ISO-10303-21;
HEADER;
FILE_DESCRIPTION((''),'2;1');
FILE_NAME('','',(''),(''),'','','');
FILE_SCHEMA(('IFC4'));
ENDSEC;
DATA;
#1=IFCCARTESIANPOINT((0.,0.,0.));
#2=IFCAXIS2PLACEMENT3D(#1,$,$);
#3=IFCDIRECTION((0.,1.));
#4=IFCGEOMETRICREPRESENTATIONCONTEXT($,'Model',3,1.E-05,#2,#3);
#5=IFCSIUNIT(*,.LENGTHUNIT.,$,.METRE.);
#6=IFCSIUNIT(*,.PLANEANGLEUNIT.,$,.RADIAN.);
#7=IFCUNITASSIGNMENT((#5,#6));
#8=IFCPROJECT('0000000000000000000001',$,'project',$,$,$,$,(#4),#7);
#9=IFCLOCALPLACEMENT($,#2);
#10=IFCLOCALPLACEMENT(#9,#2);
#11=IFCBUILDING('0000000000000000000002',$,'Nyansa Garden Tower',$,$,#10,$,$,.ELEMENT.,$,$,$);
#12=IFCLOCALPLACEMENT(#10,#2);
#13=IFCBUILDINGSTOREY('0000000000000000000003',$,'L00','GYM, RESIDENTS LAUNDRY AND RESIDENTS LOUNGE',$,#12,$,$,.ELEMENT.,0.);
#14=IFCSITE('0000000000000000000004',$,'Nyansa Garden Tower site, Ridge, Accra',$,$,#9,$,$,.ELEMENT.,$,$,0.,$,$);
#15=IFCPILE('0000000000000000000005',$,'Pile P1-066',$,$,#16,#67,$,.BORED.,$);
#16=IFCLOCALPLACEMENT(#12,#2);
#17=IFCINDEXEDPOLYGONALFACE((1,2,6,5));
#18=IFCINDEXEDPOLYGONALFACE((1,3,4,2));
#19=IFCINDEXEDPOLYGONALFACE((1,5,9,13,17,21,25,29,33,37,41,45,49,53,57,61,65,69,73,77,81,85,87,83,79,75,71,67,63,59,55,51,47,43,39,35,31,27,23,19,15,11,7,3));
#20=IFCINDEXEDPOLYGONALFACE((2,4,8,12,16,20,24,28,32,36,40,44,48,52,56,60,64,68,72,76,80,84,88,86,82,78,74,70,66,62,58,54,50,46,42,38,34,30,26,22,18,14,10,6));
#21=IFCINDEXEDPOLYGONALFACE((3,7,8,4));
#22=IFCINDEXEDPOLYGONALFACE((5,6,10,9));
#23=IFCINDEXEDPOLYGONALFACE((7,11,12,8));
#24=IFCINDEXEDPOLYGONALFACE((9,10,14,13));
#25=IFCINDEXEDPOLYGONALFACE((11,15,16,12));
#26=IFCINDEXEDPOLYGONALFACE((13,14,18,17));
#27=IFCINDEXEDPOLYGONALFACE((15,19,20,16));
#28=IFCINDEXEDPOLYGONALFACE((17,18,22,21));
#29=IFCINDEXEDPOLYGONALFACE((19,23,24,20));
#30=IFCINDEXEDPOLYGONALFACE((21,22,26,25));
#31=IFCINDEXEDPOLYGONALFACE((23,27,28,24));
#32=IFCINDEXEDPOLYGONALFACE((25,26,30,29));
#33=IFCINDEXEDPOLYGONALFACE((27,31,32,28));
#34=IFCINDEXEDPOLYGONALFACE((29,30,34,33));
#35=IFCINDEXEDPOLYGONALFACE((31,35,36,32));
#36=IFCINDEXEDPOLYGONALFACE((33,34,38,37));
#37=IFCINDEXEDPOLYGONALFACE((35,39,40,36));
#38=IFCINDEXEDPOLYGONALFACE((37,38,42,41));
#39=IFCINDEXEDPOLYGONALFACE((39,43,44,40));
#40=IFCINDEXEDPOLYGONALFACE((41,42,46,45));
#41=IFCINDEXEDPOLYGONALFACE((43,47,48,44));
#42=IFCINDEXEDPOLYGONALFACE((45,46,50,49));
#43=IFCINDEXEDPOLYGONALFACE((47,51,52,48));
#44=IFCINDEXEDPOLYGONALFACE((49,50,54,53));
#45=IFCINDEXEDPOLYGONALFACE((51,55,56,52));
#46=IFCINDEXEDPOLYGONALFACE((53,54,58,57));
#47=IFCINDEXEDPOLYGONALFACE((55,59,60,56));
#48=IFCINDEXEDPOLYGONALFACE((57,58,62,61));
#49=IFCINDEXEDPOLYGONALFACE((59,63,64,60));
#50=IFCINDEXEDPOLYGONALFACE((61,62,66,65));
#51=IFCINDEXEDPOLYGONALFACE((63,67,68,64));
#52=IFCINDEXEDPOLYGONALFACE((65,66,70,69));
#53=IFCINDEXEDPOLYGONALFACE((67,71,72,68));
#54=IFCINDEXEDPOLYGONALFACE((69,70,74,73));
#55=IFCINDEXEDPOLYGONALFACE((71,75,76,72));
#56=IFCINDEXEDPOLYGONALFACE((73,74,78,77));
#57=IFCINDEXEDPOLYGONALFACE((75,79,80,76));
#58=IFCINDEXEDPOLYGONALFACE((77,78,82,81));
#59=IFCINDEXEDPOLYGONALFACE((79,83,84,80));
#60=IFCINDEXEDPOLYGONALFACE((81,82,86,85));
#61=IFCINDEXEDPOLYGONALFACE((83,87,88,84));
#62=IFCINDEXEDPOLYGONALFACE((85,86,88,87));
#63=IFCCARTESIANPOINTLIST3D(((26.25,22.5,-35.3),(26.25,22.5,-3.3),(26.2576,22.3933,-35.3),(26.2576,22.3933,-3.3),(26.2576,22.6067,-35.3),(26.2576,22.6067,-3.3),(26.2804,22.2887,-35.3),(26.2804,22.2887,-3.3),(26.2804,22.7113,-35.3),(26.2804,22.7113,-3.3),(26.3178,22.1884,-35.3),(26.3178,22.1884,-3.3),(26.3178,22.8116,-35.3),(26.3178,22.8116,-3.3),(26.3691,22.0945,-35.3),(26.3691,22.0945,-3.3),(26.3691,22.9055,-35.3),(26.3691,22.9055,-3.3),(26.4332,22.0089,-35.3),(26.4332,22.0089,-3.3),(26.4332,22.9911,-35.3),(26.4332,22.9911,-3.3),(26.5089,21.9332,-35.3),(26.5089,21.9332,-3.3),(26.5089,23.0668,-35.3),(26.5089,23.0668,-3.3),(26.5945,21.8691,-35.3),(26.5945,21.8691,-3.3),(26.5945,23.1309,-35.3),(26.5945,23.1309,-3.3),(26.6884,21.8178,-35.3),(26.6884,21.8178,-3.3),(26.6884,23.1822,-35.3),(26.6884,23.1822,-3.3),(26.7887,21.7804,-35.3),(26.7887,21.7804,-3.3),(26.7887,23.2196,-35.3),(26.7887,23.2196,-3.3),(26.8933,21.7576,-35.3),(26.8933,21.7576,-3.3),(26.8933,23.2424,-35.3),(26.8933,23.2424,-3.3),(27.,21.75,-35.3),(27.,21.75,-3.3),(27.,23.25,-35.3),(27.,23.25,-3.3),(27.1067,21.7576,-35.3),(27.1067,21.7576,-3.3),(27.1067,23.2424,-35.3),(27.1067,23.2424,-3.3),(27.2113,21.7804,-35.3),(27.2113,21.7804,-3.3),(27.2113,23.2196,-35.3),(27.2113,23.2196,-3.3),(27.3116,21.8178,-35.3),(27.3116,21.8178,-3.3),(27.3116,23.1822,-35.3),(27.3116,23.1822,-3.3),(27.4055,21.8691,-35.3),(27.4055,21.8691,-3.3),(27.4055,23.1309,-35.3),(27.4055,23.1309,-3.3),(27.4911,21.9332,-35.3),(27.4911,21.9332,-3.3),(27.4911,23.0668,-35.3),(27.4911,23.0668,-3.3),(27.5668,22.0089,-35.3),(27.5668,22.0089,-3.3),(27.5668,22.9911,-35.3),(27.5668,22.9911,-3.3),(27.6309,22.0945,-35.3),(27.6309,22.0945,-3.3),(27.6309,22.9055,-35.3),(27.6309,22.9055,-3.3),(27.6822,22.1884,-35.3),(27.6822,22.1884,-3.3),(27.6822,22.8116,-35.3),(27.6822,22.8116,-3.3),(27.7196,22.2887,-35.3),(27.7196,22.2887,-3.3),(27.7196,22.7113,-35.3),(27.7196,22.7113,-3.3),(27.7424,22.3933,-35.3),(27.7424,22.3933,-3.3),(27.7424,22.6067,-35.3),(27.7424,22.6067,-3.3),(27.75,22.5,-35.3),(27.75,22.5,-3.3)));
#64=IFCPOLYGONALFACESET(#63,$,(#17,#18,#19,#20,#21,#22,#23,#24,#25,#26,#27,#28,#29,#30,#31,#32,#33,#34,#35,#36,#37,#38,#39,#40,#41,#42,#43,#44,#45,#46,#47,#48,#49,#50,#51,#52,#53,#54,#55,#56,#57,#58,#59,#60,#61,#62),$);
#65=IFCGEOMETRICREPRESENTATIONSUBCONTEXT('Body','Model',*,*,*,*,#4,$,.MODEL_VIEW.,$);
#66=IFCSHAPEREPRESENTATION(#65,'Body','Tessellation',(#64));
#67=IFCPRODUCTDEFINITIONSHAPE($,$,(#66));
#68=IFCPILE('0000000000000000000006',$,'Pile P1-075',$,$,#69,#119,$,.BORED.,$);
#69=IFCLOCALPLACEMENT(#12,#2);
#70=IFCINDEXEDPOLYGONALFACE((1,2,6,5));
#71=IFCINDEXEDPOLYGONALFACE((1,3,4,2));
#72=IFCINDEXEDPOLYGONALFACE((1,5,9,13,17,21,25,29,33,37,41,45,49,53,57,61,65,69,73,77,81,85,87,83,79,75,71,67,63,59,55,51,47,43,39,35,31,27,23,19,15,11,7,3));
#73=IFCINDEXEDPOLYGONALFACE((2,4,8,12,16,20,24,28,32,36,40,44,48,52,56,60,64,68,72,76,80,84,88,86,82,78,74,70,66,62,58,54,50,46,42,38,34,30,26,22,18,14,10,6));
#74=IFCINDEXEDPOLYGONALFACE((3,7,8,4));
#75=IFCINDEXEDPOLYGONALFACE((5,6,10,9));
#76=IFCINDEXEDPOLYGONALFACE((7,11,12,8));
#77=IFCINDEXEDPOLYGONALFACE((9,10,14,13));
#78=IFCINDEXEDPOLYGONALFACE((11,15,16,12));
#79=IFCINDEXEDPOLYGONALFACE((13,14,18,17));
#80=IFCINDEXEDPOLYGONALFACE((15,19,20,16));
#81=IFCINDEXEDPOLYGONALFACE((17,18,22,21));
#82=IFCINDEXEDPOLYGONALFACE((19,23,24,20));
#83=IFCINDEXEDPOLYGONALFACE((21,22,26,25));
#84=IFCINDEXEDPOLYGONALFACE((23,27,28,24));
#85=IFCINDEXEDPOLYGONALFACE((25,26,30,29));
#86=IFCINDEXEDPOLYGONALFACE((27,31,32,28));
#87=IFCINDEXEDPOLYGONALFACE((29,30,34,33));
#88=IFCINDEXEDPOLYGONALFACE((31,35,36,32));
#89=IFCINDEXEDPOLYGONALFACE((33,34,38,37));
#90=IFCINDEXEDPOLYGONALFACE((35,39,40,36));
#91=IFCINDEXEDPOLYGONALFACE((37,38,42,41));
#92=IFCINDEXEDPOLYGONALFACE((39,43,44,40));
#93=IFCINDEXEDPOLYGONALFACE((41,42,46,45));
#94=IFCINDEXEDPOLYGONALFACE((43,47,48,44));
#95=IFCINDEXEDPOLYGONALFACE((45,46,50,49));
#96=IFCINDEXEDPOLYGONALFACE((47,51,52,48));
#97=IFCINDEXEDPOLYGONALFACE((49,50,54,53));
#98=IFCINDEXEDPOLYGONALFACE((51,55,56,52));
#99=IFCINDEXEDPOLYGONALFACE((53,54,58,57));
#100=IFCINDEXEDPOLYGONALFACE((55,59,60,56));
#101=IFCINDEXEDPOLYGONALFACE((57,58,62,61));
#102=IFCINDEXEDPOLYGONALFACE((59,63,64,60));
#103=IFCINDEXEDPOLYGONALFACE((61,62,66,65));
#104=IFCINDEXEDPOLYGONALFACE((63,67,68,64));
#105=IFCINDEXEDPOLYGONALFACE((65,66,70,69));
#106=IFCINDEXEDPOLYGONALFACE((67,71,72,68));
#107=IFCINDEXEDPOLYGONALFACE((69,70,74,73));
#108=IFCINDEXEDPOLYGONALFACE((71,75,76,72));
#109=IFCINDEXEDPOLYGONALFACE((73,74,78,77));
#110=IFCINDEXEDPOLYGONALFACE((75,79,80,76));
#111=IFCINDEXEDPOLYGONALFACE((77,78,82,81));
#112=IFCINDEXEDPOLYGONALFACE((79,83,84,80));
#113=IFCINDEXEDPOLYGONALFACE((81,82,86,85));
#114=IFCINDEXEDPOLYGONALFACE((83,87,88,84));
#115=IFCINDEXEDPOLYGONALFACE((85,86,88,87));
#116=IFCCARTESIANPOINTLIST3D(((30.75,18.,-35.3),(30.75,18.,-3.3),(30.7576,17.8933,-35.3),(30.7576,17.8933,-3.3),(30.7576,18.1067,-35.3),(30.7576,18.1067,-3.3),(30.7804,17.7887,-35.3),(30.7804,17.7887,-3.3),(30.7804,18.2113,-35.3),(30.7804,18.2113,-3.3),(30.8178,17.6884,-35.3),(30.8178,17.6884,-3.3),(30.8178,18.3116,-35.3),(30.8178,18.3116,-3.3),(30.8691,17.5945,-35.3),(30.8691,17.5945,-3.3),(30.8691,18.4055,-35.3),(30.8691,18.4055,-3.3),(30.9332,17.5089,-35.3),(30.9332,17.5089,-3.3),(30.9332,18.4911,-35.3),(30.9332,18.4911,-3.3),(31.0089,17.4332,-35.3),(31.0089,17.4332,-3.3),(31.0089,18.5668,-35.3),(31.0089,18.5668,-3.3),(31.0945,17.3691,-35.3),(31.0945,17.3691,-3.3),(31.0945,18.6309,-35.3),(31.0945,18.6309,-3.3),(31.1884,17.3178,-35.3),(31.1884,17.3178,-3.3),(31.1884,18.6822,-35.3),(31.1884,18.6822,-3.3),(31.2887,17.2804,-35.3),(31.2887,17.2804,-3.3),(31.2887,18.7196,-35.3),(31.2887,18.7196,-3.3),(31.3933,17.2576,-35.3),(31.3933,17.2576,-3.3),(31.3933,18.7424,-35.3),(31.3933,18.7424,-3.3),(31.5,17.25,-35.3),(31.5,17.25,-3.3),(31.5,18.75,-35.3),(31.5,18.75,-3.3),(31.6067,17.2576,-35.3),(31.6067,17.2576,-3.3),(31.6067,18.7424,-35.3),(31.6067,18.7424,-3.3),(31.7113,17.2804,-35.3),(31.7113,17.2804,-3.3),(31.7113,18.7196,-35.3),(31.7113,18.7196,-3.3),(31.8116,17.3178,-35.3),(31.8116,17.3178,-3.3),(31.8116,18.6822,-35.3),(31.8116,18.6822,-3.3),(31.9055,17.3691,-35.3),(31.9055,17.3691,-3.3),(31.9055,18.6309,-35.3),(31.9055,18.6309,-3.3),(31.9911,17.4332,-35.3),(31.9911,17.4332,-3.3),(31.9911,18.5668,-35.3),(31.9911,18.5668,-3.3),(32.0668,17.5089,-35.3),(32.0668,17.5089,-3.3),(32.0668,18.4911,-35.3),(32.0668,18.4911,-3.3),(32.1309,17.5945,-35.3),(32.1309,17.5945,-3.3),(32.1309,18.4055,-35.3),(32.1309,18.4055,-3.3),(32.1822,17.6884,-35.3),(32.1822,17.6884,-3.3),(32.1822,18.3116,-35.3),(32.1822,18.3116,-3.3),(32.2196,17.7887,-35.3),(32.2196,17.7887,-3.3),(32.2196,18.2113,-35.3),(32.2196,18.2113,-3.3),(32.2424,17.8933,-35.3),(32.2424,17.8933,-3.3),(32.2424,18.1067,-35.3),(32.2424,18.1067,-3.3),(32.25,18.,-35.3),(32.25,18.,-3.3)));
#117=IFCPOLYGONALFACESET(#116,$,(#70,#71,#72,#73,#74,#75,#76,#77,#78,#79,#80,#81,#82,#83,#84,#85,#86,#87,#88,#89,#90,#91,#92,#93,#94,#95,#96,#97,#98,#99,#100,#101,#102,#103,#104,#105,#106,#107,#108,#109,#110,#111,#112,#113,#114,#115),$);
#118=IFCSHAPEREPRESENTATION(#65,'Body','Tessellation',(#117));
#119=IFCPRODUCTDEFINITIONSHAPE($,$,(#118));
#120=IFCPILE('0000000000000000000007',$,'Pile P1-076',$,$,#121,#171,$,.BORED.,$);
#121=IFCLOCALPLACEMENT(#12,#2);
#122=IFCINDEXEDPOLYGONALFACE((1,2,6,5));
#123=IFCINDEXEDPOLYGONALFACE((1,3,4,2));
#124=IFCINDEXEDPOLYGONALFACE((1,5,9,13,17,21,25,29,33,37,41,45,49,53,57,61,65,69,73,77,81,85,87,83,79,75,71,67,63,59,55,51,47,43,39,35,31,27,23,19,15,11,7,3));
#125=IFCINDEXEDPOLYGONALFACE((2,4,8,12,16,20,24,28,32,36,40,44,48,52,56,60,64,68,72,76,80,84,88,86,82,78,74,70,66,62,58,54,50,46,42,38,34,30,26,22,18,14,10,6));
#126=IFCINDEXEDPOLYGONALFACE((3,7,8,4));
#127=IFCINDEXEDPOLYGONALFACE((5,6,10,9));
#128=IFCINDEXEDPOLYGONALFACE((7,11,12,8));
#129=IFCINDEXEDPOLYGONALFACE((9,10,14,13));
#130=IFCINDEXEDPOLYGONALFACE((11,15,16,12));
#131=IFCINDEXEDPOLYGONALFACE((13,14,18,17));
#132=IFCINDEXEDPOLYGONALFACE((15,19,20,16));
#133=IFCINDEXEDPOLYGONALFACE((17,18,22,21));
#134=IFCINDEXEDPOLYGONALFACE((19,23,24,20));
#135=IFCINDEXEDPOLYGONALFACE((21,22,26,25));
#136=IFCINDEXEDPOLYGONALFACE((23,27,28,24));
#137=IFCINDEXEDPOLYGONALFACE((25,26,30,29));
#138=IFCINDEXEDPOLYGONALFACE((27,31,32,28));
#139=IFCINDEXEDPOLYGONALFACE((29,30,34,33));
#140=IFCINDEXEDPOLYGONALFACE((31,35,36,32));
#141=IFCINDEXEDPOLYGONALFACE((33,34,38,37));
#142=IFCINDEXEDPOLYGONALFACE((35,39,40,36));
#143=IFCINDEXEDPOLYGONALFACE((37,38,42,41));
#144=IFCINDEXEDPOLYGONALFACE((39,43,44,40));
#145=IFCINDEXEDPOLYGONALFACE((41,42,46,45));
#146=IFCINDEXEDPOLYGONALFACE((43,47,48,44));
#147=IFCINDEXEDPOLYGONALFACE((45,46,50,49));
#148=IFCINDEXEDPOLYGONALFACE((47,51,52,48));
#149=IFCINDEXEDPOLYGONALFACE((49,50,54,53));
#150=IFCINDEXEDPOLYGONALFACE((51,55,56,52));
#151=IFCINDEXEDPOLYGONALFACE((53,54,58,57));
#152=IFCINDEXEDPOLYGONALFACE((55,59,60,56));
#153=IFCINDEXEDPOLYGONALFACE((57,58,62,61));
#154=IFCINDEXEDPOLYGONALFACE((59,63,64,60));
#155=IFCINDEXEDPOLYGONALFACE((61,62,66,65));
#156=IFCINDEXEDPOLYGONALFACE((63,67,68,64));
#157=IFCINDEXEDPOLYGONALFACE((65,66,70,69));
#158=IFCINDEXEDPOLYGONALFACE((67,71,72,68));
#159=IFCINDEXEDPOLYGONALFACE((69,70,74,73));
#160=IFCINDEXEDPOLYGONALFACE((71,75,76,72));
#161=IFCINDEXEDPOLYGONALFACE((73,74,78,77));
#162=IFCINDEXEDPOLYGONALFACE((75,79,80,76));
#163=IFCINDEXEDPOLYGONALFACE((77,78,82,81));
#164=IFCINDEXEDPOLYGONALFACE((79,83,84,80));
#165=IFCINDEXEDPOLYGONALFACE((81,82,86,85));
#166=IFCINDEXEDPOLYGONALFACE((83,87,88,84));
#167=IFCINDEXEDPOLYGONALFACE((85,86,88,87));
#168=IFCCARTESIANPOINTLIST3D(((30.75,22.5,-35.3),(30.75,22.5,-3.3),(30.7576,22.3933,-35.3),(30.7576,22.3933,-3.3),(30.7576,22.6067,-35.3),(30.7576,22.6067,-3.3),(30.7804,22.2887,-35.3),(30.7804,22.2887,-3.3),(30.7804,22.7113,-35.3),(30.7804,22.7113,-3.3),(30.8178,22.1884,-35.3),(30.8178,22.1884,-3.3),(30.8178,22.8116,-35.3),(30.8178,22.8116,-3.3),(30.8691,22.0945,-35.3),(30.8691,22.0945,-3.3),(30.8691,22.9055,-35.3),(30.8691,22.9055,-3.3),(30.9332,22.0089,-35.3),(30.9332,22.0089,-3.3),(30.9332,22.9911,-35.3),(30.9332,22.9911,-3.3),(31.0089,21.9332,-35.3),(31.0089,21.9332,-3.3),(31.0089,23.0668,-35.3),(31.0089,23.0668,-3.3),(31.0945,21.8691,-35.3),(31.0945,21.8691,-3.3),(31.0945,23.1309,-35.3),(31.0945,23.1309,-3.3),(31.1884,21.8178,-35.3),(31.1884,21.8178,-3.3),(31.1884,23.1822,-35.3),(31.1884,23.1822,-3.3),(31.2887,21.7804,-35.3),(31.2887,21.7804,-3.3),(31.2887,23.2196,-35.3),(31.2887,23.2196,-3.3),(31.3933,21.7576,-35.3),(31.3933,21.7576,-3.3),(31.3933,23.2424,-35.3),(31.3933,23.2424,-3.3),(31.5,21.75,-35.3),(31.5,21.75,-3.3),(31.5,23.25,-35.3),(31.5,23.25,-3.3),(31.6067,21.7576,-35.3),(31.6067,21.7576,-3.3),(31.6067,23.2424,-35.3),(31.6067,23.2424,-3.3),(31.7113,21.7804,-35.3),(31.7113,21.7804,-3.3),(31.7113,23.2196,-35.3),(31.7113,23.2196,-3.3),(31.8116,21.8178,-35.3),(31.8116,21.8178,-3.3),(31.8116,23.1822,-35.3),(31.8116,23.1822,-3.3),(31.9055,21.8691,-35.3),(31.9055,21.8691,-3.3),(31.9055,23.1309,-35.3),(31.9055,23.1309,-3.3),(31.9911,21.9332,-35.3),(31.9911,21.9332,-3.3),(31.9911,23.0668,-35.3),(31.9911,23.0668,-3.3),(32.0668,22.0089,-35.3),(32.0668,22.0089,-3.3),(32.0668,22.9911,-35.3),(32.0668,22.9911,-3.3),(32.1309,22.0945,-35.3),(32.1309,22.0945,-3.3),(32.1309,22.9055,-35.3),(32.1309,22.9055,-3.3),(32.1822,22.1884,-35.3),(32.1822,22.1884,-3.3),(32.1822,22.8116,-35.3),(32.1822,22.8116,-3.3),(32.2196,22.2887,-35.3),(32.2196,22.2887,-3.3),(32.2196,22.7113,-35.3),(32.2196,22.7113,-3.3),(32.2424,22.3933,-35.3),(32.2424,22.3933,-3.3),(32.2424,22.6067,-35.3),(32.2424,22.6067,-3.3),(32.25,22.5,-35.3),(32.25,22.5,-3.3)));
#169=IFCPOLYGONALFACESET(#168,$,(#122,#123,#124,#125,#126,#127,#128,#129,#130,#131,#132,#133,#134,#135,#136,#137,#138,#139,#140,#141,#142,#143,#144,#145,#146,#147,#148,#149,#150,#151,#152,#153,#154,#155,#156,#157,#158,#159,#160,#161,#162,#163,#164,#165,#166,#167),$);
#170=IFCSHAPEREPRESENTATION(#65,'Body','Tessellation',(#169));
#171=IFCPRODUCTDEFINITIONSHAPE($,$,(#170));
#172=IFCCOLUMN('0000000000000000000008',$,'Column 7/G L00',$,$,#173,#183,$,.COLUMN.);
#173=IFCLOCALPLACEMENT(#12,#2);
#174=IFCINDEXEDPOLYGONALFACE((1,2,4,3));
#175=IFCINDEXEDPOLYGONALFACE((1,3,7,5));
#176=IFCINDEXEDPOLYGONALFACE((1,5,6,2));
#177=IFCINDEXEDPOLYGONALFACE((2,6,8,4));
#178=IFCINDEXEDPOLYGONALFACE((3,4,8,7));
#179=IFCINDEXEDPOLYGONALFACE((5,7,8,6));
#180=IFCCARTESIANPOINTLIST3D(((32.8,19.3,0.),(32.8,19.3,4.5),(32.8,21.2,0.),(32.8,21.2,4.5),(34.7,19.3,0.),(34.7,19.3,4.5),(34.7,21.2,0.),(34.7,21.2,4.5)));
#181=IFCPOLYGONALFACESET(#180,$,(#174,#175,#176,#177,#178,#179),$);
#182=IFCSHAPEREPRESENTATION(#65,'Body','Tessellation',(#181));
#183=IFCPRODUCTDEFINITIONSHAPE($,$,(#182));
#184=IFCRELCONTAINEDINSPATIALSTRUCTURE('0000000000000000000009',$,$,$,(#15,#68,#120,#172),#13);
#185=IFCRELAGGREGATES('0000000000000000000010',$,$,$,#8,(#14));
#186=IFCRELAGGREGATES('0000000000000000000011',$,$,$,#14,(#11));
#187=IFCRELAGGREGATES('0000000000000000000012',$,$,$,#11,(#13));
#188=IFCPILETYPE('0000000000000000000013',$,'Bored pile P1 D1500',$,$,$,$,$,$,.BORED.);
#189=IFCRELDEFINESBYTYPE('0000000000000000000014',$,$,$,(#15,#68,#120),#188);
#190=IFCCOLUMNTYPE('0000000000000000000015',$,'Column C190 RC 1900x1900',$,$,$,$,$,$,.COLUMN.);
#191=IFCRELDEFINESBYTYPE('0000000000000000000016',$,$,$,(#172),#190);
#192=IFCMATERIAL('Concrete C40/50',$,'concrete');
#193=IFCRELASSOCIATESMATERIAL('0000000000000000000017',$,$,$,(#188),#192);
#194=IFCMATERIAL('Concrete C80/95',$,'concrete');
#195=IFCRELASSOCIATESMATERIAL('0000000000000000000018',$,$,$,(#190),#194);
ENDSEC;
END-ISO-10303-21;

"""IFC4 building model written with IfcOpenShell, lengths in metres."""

from ifc_helpers import new_model, si_unit, direction, frame, origin, origin_2d, place, context, subcontext, project, spatial, rectangle, circle, extrude, material, material_profile, profile_set, type_object, element, save


model = new_model("IFC4")

# Units and contexts
model_context = context("Model", 3, precision=1e-05, world=origin(), true_north=direction((0.0, 1.0)))
body_context = subcontext(model_context, "Body", "Model", "MODEL_VIEW")
ifc_project = project(units=[si_unit("LENGTHUNIT", "METRE"), si_unit("PLANEANGLEUNIT", "RADIAN")], contexts=[model_context])

# Site, building, storey
site_placement = place(None, origin())
site = spatial("IfcSite", under=ifc_project, at=site_placement, Name="Nyansa Garden Tower site, Ridge, Accra", CompositionType="ELEMENT", RefElevation=0.0)
building_placement = place(site_placement, origin())
building = spatial("IfcBuilding", under=site, at=building_placement, Name="Nyansa Garden Tower", CompositionType="ELEMENT")
storey_placement = place(building_placement, origin())
storey = spatial("IfcBuildingStorey", under=building, at=storey_placement, Name="L00", Description="GYM, RESIDENTS LAUNDRY AND RESIDENTS LOUNGE", CompositionType="ELEMENT", Elevation=0.0)

# Piles
ifc_material_1 = material(Name="Concrete C40/50", Category="concrete")
pile_type = type_object("IfcPileType", Name="Bored pile P1 D1500", PredefinedType="BORED", material=ifc_material_1)
for number, where, z_axis, x_axis, name in (
    (1, (27.0, 22.5, -3.3), (0.0, 0.0, -1.0), (1.0, 0.0, 0.0), "Pile P1-066"),
    (2, (31.5, 18.0, -3.3), (0.0, 0.0, -1.0), (1.0, 0.0, 0.0), "Pile P1-075"),
    (3, (31.5, 22.5, -3.3), (0.0, 0.0, -1.0), (1.0, 0.0, 0.0), "Pile P1-076"),
):
    element("IfcPile", number, at=place(storey_placement, frame(where, z_axis=z_axis, x_axis=x_axis)), inside=storey, type_object=pile_type, Name=name, PredefinedType="BORED", context=body_context, shape_type="SweptSolid", body=[
        extrude(circle(Radius=0.75, at=origin_2d()), origin(), (0.0, 0.0, 1.0), 32.0),
    ])

# Column
ifc_material_2 = material(Name="Concrete C80/95", Category="concrete")
ifc_material_profile_1 = material_profile(ifc_material_2, rectangle(XDim=1.8999, YDim=1.8999, at=origin_2d()), Name="RC 1900x1900")
ifc_profile_set_1 = profile_set([ifc_material_profile_1], Name="Concrete C80/95")
column_type = type_object("IfcColumnType", Name="Column C190 RC 1900x1900", PredefinedType="COLUMN", material=ifc_profile_set_1)
column_placement = place(storey_placement, frame((33.75, 20.25, 0.0), z_axis=(0.0, 0.0, 1.0), x_axis=(1.0, 0.0, 0.0)))
element("IfcColumn", 4, at=column_placement, inside=storey, type_object=column_type, Name="Column 7/G L00", PredefinedType="COLUMN", context=body_context, shape_type="SweptSolid", body=[
    extrude(rectangle(XDim=1.8999, YDim=1.8999, at=origin_2d()), origin(), (0.0, 0.0, 1.0), 4.5),
])

save(model, "model.ifc")
